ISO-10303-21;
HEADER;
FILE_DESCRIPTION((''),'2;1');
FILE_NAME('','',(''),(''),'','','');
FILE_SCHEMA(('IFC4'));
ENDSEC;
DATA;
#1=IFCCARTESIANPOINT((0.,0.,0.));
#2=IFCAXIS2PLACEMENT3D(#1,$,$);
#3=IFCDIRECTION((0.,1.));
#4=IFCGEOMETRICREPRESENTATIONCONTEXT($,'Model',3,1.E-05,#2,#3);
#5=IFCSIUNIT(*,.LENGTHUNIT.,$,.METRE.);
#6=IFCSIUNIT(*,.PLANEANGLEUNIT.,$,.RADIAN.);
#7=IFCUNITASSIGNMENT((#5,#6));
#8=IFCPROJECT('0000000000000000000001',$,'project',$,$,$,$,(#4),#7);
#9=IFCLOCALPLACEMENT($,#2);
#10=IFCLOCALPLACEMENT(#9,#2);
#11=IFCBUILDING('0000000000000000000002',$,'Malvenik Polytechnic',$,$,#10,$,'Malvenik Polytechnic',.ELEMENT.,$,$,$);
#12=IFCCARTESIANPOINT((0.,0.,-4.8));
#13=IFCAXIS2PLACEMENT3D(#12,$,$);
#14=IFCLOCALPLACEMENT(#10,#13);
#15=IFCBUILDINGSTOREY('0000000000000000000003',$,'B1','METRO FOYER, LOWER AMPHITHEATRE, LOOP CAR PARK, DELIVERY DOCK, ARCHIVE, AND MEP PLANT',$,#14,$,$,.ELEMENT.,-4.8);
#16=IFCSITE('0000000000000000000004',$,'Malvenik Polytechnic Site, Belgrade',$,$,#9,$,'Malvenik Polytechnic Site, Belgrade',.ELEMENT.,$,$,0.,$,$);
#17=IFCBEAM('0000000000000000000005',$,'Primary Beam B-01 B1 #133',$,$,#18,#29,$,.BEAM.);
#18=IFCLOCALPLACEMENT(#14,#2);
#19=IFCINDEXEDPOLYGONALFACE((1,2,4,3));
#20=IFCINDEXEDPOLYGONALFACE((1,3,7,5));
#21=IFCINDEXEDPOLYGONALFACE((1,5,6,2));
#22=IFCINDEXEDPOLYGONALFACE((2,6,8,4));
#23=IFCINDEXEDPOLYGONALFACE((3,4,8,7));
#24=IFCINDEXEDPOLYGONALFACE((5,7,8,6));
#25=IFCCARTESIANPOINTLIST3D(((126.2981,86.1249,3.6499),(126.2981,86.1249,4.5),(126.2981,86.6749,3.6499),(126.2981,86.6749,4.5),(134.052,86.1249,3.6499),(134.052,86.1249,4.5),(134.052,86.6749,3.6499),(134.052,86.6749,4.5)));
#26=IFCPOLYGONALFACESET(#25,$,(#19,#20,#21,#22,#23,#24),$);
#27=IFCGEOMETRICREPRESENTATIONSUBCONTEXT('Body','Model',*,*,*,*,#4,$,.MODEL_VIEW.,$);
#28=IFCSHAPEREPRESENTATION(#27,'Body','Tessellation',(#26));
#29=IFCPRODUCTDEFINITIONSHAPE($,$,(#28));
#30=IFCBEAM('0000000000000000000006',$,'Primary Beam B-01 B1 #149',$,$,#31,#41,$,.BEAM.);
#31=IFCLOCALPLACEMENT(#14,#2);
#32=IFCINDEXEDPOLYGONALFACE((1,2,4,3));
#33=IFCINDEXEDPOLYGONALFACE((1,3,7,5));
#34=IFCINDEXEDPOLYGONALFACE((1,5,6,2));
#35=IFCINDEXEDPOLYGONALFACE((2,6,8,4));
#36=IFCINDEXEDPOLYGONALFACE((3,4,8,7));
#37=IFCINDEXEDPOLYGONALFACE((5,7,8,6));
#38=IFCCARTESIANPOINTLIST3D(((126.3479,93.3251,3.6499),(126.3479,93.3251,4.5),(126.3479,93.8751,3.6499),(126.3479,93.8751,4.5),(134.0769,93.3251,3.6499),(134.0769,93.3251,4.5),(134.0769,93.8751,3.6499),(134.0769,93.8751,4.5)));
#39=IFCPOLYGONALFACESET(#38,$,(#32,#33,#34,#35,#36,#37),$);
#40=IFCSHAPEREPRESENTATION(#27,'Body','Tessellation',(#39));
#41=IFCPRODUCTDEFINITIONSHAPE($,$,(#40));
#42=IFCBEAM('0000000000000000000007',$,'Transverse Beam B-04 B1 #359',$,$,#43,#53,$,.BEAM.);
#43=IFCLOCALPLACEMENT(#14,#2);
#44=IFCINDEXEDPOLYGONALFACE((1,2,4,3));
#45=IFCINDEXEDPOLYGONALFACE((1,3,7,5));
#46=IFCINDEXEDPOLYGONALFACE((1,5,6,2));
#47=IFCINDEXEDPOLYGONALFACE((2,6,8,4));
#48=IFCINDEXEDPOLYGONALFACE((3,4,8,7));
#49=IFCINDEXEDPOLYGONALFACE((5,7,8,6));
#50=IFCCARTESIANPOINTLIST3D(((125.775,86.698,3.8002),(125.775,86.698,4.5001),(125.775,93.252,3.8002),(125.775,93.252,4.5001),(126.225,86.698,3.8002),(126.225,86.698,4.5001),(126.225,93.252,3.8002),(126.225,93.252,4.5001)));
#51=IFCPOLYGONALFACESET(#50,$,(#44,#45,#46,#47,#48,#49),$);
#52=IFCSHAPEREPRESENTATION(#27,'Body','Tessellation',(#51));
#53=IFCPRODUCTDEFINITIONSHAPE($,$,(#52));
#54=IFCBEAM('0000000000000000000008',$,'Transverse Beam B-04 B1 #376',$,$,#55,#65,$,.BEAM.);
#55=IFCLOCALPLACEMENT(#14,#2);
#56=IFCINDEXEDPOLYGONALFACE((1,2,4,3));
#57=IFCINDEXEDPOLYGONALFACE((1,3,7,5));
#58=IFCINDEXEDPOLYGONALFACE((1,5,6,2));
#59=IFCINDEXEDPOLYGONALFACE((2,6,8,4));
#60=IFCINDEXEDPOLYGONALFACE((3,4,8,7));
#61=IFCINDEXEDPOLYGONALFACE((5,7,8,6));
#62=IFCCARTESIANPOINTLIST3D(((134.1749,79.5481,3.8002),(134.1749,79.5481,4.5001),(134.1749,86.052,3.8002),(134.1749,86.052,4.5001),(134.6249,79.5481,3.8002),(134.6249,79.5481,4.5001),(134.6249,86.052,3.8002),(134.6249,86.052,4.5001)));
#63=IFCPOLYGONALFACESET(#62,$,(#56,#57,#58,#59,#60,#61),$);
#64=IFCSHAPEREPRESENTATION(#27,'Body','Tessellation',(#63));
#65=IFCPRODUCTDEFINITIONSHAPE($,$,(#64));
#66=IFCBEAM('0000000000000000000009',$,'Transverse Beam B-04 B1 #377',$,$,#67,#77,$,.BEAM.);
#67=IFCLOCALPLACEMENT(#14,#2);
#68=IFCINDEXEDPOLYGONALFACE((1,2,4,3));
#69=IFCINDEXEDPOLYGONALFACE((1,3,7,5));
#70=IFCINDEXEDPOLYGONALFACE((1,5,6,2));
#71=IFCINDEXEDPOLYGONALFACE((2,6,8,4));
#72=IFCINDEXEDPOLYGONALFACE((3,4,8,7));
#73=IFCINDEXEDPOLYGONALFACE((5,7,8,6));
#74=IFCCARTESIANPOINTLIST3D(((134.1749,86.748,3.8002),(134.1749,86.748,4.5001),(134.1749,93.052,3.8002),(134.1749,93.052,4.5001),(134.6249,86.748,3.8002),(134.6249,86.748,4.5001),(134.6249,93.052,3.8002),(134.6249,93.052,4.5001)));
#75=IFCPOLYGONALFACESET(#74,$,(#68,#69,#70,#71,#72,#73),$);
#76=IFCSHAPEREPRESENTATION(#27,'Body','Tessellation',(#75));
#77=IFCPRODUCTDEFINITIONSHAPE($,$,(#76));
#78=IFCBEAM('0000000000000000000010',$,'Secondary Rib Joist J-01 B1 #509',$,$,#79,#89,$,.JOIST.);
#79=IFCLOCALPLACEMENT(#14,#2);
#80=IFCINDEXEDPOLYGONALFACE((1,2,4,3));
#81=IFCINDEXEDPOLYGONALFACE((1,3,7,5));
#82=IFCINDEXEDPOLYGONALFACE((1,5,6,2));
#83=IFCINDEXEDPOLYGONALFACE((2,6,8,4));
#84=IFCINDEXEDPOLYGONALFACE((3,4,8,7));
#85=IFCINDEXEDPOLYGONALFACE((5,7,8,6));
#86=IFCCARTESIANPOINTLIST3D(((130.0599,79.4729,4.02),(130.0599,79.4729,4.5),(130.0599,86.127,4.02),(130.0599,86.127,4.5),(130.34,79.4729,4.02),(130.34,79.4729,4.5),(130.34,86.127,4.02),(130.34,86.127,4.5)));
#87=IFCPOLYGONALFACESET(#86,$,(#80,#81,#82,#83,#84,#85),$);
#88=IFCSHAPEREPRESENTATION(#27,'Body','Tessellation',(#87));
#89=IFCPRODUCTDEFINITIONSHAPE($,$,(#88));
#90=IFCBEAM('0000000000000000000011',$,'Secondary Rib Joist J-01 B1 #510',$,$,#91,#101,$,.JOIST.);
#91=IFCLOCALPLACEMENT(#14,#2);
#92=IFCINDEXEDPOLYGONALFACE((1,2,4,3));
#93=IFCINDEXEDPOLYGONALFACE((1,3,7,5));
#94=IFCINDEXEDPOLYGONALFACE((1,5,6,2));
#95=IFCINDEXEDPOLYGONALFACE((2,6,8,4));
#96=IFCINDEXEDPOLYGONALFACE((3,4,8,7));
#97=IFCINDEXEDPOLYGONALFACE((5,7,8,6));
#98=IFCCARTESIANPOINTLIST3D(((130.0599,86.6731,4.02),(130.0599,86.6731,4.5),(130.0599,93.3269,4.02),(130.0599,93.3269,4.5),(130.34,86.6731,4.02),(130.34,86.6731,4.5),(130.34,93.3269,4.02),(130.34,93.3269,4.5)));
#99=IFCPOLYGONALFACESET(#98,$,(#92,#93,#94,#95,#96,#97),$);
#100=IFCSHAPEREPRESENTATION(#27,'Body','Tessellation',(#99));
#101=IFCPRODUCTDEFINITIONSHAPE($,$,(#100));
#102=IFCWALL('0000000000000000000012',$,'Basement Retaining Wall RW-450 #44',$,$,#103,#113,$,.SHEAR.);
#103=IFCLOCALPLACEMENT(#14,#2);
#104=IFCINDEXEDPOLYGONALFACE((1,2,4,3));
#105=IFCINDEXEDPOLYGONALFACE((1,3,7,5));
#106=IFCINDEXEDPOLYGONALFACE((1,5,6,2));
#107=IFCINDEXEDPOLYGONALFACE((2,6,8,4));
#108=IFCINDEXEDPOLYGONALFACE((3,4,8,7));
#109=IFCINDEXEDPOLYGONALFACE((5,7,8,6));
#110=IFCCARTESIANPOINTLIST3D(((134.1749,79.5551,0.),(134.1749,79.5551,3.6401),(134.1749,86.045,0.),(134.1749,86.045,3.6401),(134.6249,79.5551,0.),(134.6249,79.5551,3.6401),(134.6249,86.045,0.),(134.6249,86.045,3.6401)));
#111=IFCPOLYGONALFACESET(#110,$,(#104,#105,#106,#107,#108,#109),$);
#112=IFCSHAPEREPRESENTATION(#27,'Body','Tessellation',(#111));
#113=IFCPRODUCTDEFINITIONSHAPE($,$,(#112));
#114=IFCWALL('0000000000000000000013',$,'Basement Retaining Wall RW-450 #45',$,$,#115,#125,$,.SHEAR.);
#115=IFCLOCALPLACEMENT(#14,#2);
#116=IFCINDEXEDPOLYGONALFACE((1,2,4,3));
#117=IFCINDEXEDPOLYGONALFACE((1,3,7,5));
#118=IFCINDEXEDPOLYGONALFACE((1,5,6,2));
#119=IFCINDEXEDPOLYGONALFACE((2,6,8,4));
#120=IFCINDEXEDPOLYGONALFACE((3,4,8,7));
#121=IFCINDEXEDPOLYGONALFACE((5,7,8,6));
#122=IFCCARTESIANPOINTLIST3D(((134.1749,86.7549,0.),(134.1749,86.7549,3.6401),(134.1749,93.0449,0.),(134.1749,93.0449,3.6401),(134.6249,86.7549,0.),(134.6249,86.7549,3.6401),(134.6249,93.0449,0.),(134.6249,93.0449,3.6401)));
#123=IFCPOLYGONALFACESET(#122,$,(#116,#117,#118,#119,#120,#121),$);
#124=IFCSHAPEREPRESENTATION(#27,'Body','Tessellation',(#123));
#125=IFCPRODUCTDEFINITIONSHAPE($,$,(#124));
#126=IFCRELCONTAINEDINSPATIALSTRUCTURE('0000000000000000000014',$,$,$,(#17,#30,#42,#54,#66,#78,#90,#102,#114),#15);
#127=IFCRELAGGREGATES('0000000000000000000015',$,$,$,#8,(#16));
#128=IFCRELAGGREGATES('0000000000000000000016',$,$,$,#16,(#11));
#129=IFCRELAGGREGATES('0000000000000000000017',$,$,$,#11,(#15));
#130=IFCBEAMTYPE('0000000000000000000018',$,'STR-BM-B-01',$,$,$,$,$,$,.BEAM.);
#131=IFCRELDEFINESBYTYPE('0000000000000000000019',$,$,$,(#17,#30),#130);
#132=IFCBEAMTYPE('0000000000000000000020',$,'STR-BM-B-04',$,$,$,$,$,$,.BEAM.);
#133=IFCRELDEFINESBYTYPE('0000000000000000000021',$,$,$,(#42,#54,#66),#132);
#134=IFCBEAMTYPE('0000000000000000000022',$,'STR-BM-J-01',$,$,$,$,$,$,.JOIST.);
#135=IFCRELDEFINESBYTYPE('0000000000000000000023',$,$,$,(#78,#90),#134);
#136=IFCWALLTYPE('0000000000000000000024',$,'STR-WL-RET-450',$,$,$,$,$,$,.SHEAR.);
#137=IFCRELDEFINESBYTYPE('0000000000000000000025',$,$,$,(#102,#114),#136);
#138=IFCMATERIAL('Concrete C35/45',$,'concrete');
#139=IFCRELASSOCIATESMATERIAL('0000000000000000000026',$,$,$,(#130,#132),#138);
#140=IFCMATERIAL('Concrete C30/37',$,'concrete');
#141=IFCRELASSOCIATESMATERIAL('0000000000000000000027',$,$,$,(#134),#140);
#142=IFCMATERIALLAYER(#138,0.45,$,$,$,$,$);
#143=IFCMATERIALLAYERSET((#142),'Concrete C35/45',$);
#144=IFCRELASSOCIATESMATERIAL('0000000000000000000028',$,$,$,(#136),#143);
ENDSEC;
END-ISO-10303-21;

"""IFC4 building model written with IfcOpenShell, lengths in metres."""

from ifc_helpers import new_model, si_unit, direction, frame, frame_2d, origin, origin_2d, place, context, subcontext, project, spatial, rectangle, extrude, material, layer, layer_set, material_profile, profile_set, type_object, element, save


model = new_model("IFC4")

# Units and contexts
model_context = context("Model", 3, precision=1e-05, world=origin(), true_north=direction((0.0, 1.0)))
body_context = subcontext(model_context, "Body", "Model", "MODEL_VIEW")
ifc_project = project(units=[si_unit("LENGTHUNIT", "METRE"), si_unit("PLANEANGLEUNIT", "RADIAN")], contexts=[model_context])

# Site, building, storey
site_placement = place(None, origin())
site = spatial("IfcSite", under=ifc_project, at=site_placement, Name="Malvenik Polytechnic Site, Belgrade", LongName="Malvenik Polytechnic Site, Belgrade", CompositionType="ELEMENT", RefElevation=0.0)
building_placement = place(site_placement, origin())
building = spatial("IfcBuilding", under=site, at=building_placement, Name="Malvenik Polytechnic", LongName="Malvenik Polytechnic", CompositionType="ELEMENT")
storey_placement = place(building_placement, frame((0.0, 0.0, -4.8)))
storey = spatial("IfcBuildingStorey", under=building, at=storey_placement, Name="B1", Description="METRO FOYER, LOWER AMPHITHEATRE, LOOP CAR PARK, DELIVERY DOCK, ARCHIVE, AND MEP PLANT", CompositionType="ELEMENT", Elevation=-4.8)

# Shared definitions
ifc_material_1 = material(Name="Concrete C35/45", Category="concrete")

# Beams
ifc_material_profile_1 = material_profile(ifc_material_1, rectangle(XDim=0.55, YDim=0.8501, at=origin_2d()), Name="RC BM 550x850")
ifc_profile_set_1 = profile_set([ifc_material_profile_1], Name="Concrete C35/45")
beam_type_1 = type_object("IfcBeamType", Name="STR-BM-B-01", PredefinedType="BEAM", material=ifc_profile_set_1)
for number, where, z_axis, x_axis, name in (
    (1, (126.2981, 86.3999, 4.075), (1.0, 0.0, 0.0), (0.0, 1.0, 0.0), "Primary Beam B-01 B1 #133"),
):
    element("IfcBeam", number, at=place(storey_placement, frame(where, z_axis=z_axis, x_axis=x_axis)), inside=storey, type_object=beam_type_1, Name=name, PredefinedType="BEAM", context=body_context, shape_type="SweptSolid", body=[
        extrude(rectangle(XDim=0.55, YDim=0.8501, at=origin_2d()), origin(), (0.0, 0.0, 1.0), 7.7539),
    ])
beam_1_placement = place(storey_placement, frame((126.3479, 93.6001, 4.075), z_axis=(1.0, 0.0, 0.0), x_axis=(0.0, 1.0, 0.0)))
element("IfcBeam", 2, at=beam_1_placement, inside=storey, type_object=beam_type_1, Name="Primary Beam B-01 B1 #149", PredefinedType="BEAM", context=body_context, shape_type="SweptSolid", body=[
    extrude(rectangle(XDim=0.55, YDim=0.8501, at=origin_2d()), origin(), (0.0, 0.0, 1.0), 7.729),
])
ifc_material_profile_2 = material_profile(ifc_material_1, rectangle(XDim=0.45, YDim=0.7, at=origin_2d()), Name="RC BM 450x700")
ifc_profile_set_2 = profile_set([ifc_material_profile_2], Name="Concrete C35/45")
beam_type_2 = type_object("IfcBeamType", Name="STR-BM-B-04", PredefinedType="BEAM", material=ifc_profile_set_2)
beam_2_placement = place(storey_placement, frame((126.0, 86.698, 4.1501), z_axis=(0.0, 1.0, 0.0), x_axis=(-1.0, 0.0, 0.0)))
element("IfcBeam", 3, at=beam_2_placement, inside=storey, type_object=beam_type_2, Name="Transverse Beam B-04 B1 #359", PredefinedType="BEAM", context=body_context, shape_type="SweptSolid", body=[
    extrude(rectangle(XDim=0.45, YDim=0.7, at=origin_2d()), origin(), (0.0, 0.0, 1.0), 6.554),
])
beam_3_placement = place(storey_placement, frame((134.3999, 79.5481, 4.1501), z_axis=(0.0, 1.0, 0.0), x_axis=(-1.0, 0.0, 0.0)))
element("IfcBeam", 4, at=beam_3_placement, inside=storey, type_object=beam_type_2, Name="Transverse Beam B-04 B1 #376", PredefinedType="BEAM", context=body_context, shape_type="SweptSolid", body=[
    extrude(rectangle(XDim=0.45, YDim=0.7, at=origin_2d()), origin(), (0.0, 0.0, 1.0), 6.5039),
])
beam_4_placement = place(storey_placement, frame((134.3999, 86.748, 4.1501), z_axis=(0.0, 1.0, 0.0), x_axis=(-1.0, 0.0, 0.0)))
element("IfcBeam", 5, at=beam_4_placement, inside=storey, type_object=beam_type_2, Name="Transverse Beam B-04 B1 #377", PredefinedType="BEAM", context=body_context, shape_type="SweptSolid", body=[
    extrude(rectangle(XDim=0.45, YDim=0.7, at=origin_2d()), origin(), (0.0, 0.0, 1.0), 6.304),
])
ifc_material_2 = material(Name="Concrete C30/37", Category="concrete")
ifc_material_profile_3 = material_profile(ifc_material_2, rectangle(XDim=0.28, YDim=0.48, at=origin_2d()), Name="RC JST 280x480")
ifc_profile_set_3 = profile_set([ifc_material_profile_3], Name="Concrete C30/37")
beam_type_3 = type_object("IfcBeamType", Name="STR-BM-J-01", PredefinedType="JOIST", material=ifc_profile_set_3)
beam_5_placement = place(storey_placement, frame((130.2, 79.4729, 4.26), z_axis=(0.0, 1.0, 0.0), x_axis=(-1.0, 0.0, 0.0)))
element("IfcBeam", 6, at=beam_5_placement, inside=storey, type_object=beam_type_3, Name="Secondary Rib Joist J-01 B1 #509", PredefinedType="JOIST", context=body_context, shape_type="SweptSolid", body=[
    extrude(rectangle(XDim=0.28, YDim=0.48, at=origin_2d()), origin(), (0.0, 0.0, 1.0), 6.6541),
])
beam_6_placement = place(storey_placement, frame((130.2, 86.6731, 4.26), z_axis=(0.0, 1.0, 0.0), x_axis=(-1.0, 0.0, 0.0)))
element("IfcBeam", 7, at=beam_6_placement, inside=storey, type_object=beam_type_3, Name="Secondary Rib Joist J-01 B1 #510", PredefinedType="JOIST", context=body_context, shape_type="SweptSolid", body=[
    extrude(rectangle(XDim=0.28, YDim=0.48, at=origin_2d()), origin(), (0.0, 0.0, 1.0), 6.6538),
])

# Walls
ifc_layer = layer(ifc_material_1, 0.45)
ifc_layer_set = layer_set([ifc_layer], Name="Concrete C35/45")
wall_type = type_object("IfcWallType", Name="STR-WL-RET-450", PredefinedType="SHEAR", material=ifc_layer_set)
wall_1_placement = place(storey_placement, frame((134.3999, 79.5549, 0.0), z_axis=(0.0, 0.0, 1.0), x_axis=(0.0, 1.0, 0.0)))
element("IfcWall", 8, at=wall_1_placement, inside=storey, type_object=wall_type, Name="Basement Retaining Wall RW-450 #44", PredefinedType="SHEAR", context=body_context, shape_type="SweptSolid", body=[
    extrude(rectangle(XDim=6.49, YDim=0.45, at=frame_2d((3.2451, 0.0))), origin(), (0.0, 0.0, 1.0), 3.6401),
])
wall_2_placement = place(storey_placement, frame((134.3999, 86.7549, 0.0), z_axis=(0.0, 0.0, 1.0), x_axis=(0.0, 1.0, 0.0)))
element("IfcWall", 9, at=wall_2_placement, inside=storey, type_object=wall_type, Name="Basement Retaining Wall RW-450 #45", PredefinedType="SHEAR", context=body_context, shape_type="SweptSolid", body=[
    extrude(rectangle(XDim=6.29, YDim=0.45, at=frame_2d((3.145, 0.0))), origin(), (0.0, 0.0, 1.0), 3.6401),
])

save(model, "model.ifc")
